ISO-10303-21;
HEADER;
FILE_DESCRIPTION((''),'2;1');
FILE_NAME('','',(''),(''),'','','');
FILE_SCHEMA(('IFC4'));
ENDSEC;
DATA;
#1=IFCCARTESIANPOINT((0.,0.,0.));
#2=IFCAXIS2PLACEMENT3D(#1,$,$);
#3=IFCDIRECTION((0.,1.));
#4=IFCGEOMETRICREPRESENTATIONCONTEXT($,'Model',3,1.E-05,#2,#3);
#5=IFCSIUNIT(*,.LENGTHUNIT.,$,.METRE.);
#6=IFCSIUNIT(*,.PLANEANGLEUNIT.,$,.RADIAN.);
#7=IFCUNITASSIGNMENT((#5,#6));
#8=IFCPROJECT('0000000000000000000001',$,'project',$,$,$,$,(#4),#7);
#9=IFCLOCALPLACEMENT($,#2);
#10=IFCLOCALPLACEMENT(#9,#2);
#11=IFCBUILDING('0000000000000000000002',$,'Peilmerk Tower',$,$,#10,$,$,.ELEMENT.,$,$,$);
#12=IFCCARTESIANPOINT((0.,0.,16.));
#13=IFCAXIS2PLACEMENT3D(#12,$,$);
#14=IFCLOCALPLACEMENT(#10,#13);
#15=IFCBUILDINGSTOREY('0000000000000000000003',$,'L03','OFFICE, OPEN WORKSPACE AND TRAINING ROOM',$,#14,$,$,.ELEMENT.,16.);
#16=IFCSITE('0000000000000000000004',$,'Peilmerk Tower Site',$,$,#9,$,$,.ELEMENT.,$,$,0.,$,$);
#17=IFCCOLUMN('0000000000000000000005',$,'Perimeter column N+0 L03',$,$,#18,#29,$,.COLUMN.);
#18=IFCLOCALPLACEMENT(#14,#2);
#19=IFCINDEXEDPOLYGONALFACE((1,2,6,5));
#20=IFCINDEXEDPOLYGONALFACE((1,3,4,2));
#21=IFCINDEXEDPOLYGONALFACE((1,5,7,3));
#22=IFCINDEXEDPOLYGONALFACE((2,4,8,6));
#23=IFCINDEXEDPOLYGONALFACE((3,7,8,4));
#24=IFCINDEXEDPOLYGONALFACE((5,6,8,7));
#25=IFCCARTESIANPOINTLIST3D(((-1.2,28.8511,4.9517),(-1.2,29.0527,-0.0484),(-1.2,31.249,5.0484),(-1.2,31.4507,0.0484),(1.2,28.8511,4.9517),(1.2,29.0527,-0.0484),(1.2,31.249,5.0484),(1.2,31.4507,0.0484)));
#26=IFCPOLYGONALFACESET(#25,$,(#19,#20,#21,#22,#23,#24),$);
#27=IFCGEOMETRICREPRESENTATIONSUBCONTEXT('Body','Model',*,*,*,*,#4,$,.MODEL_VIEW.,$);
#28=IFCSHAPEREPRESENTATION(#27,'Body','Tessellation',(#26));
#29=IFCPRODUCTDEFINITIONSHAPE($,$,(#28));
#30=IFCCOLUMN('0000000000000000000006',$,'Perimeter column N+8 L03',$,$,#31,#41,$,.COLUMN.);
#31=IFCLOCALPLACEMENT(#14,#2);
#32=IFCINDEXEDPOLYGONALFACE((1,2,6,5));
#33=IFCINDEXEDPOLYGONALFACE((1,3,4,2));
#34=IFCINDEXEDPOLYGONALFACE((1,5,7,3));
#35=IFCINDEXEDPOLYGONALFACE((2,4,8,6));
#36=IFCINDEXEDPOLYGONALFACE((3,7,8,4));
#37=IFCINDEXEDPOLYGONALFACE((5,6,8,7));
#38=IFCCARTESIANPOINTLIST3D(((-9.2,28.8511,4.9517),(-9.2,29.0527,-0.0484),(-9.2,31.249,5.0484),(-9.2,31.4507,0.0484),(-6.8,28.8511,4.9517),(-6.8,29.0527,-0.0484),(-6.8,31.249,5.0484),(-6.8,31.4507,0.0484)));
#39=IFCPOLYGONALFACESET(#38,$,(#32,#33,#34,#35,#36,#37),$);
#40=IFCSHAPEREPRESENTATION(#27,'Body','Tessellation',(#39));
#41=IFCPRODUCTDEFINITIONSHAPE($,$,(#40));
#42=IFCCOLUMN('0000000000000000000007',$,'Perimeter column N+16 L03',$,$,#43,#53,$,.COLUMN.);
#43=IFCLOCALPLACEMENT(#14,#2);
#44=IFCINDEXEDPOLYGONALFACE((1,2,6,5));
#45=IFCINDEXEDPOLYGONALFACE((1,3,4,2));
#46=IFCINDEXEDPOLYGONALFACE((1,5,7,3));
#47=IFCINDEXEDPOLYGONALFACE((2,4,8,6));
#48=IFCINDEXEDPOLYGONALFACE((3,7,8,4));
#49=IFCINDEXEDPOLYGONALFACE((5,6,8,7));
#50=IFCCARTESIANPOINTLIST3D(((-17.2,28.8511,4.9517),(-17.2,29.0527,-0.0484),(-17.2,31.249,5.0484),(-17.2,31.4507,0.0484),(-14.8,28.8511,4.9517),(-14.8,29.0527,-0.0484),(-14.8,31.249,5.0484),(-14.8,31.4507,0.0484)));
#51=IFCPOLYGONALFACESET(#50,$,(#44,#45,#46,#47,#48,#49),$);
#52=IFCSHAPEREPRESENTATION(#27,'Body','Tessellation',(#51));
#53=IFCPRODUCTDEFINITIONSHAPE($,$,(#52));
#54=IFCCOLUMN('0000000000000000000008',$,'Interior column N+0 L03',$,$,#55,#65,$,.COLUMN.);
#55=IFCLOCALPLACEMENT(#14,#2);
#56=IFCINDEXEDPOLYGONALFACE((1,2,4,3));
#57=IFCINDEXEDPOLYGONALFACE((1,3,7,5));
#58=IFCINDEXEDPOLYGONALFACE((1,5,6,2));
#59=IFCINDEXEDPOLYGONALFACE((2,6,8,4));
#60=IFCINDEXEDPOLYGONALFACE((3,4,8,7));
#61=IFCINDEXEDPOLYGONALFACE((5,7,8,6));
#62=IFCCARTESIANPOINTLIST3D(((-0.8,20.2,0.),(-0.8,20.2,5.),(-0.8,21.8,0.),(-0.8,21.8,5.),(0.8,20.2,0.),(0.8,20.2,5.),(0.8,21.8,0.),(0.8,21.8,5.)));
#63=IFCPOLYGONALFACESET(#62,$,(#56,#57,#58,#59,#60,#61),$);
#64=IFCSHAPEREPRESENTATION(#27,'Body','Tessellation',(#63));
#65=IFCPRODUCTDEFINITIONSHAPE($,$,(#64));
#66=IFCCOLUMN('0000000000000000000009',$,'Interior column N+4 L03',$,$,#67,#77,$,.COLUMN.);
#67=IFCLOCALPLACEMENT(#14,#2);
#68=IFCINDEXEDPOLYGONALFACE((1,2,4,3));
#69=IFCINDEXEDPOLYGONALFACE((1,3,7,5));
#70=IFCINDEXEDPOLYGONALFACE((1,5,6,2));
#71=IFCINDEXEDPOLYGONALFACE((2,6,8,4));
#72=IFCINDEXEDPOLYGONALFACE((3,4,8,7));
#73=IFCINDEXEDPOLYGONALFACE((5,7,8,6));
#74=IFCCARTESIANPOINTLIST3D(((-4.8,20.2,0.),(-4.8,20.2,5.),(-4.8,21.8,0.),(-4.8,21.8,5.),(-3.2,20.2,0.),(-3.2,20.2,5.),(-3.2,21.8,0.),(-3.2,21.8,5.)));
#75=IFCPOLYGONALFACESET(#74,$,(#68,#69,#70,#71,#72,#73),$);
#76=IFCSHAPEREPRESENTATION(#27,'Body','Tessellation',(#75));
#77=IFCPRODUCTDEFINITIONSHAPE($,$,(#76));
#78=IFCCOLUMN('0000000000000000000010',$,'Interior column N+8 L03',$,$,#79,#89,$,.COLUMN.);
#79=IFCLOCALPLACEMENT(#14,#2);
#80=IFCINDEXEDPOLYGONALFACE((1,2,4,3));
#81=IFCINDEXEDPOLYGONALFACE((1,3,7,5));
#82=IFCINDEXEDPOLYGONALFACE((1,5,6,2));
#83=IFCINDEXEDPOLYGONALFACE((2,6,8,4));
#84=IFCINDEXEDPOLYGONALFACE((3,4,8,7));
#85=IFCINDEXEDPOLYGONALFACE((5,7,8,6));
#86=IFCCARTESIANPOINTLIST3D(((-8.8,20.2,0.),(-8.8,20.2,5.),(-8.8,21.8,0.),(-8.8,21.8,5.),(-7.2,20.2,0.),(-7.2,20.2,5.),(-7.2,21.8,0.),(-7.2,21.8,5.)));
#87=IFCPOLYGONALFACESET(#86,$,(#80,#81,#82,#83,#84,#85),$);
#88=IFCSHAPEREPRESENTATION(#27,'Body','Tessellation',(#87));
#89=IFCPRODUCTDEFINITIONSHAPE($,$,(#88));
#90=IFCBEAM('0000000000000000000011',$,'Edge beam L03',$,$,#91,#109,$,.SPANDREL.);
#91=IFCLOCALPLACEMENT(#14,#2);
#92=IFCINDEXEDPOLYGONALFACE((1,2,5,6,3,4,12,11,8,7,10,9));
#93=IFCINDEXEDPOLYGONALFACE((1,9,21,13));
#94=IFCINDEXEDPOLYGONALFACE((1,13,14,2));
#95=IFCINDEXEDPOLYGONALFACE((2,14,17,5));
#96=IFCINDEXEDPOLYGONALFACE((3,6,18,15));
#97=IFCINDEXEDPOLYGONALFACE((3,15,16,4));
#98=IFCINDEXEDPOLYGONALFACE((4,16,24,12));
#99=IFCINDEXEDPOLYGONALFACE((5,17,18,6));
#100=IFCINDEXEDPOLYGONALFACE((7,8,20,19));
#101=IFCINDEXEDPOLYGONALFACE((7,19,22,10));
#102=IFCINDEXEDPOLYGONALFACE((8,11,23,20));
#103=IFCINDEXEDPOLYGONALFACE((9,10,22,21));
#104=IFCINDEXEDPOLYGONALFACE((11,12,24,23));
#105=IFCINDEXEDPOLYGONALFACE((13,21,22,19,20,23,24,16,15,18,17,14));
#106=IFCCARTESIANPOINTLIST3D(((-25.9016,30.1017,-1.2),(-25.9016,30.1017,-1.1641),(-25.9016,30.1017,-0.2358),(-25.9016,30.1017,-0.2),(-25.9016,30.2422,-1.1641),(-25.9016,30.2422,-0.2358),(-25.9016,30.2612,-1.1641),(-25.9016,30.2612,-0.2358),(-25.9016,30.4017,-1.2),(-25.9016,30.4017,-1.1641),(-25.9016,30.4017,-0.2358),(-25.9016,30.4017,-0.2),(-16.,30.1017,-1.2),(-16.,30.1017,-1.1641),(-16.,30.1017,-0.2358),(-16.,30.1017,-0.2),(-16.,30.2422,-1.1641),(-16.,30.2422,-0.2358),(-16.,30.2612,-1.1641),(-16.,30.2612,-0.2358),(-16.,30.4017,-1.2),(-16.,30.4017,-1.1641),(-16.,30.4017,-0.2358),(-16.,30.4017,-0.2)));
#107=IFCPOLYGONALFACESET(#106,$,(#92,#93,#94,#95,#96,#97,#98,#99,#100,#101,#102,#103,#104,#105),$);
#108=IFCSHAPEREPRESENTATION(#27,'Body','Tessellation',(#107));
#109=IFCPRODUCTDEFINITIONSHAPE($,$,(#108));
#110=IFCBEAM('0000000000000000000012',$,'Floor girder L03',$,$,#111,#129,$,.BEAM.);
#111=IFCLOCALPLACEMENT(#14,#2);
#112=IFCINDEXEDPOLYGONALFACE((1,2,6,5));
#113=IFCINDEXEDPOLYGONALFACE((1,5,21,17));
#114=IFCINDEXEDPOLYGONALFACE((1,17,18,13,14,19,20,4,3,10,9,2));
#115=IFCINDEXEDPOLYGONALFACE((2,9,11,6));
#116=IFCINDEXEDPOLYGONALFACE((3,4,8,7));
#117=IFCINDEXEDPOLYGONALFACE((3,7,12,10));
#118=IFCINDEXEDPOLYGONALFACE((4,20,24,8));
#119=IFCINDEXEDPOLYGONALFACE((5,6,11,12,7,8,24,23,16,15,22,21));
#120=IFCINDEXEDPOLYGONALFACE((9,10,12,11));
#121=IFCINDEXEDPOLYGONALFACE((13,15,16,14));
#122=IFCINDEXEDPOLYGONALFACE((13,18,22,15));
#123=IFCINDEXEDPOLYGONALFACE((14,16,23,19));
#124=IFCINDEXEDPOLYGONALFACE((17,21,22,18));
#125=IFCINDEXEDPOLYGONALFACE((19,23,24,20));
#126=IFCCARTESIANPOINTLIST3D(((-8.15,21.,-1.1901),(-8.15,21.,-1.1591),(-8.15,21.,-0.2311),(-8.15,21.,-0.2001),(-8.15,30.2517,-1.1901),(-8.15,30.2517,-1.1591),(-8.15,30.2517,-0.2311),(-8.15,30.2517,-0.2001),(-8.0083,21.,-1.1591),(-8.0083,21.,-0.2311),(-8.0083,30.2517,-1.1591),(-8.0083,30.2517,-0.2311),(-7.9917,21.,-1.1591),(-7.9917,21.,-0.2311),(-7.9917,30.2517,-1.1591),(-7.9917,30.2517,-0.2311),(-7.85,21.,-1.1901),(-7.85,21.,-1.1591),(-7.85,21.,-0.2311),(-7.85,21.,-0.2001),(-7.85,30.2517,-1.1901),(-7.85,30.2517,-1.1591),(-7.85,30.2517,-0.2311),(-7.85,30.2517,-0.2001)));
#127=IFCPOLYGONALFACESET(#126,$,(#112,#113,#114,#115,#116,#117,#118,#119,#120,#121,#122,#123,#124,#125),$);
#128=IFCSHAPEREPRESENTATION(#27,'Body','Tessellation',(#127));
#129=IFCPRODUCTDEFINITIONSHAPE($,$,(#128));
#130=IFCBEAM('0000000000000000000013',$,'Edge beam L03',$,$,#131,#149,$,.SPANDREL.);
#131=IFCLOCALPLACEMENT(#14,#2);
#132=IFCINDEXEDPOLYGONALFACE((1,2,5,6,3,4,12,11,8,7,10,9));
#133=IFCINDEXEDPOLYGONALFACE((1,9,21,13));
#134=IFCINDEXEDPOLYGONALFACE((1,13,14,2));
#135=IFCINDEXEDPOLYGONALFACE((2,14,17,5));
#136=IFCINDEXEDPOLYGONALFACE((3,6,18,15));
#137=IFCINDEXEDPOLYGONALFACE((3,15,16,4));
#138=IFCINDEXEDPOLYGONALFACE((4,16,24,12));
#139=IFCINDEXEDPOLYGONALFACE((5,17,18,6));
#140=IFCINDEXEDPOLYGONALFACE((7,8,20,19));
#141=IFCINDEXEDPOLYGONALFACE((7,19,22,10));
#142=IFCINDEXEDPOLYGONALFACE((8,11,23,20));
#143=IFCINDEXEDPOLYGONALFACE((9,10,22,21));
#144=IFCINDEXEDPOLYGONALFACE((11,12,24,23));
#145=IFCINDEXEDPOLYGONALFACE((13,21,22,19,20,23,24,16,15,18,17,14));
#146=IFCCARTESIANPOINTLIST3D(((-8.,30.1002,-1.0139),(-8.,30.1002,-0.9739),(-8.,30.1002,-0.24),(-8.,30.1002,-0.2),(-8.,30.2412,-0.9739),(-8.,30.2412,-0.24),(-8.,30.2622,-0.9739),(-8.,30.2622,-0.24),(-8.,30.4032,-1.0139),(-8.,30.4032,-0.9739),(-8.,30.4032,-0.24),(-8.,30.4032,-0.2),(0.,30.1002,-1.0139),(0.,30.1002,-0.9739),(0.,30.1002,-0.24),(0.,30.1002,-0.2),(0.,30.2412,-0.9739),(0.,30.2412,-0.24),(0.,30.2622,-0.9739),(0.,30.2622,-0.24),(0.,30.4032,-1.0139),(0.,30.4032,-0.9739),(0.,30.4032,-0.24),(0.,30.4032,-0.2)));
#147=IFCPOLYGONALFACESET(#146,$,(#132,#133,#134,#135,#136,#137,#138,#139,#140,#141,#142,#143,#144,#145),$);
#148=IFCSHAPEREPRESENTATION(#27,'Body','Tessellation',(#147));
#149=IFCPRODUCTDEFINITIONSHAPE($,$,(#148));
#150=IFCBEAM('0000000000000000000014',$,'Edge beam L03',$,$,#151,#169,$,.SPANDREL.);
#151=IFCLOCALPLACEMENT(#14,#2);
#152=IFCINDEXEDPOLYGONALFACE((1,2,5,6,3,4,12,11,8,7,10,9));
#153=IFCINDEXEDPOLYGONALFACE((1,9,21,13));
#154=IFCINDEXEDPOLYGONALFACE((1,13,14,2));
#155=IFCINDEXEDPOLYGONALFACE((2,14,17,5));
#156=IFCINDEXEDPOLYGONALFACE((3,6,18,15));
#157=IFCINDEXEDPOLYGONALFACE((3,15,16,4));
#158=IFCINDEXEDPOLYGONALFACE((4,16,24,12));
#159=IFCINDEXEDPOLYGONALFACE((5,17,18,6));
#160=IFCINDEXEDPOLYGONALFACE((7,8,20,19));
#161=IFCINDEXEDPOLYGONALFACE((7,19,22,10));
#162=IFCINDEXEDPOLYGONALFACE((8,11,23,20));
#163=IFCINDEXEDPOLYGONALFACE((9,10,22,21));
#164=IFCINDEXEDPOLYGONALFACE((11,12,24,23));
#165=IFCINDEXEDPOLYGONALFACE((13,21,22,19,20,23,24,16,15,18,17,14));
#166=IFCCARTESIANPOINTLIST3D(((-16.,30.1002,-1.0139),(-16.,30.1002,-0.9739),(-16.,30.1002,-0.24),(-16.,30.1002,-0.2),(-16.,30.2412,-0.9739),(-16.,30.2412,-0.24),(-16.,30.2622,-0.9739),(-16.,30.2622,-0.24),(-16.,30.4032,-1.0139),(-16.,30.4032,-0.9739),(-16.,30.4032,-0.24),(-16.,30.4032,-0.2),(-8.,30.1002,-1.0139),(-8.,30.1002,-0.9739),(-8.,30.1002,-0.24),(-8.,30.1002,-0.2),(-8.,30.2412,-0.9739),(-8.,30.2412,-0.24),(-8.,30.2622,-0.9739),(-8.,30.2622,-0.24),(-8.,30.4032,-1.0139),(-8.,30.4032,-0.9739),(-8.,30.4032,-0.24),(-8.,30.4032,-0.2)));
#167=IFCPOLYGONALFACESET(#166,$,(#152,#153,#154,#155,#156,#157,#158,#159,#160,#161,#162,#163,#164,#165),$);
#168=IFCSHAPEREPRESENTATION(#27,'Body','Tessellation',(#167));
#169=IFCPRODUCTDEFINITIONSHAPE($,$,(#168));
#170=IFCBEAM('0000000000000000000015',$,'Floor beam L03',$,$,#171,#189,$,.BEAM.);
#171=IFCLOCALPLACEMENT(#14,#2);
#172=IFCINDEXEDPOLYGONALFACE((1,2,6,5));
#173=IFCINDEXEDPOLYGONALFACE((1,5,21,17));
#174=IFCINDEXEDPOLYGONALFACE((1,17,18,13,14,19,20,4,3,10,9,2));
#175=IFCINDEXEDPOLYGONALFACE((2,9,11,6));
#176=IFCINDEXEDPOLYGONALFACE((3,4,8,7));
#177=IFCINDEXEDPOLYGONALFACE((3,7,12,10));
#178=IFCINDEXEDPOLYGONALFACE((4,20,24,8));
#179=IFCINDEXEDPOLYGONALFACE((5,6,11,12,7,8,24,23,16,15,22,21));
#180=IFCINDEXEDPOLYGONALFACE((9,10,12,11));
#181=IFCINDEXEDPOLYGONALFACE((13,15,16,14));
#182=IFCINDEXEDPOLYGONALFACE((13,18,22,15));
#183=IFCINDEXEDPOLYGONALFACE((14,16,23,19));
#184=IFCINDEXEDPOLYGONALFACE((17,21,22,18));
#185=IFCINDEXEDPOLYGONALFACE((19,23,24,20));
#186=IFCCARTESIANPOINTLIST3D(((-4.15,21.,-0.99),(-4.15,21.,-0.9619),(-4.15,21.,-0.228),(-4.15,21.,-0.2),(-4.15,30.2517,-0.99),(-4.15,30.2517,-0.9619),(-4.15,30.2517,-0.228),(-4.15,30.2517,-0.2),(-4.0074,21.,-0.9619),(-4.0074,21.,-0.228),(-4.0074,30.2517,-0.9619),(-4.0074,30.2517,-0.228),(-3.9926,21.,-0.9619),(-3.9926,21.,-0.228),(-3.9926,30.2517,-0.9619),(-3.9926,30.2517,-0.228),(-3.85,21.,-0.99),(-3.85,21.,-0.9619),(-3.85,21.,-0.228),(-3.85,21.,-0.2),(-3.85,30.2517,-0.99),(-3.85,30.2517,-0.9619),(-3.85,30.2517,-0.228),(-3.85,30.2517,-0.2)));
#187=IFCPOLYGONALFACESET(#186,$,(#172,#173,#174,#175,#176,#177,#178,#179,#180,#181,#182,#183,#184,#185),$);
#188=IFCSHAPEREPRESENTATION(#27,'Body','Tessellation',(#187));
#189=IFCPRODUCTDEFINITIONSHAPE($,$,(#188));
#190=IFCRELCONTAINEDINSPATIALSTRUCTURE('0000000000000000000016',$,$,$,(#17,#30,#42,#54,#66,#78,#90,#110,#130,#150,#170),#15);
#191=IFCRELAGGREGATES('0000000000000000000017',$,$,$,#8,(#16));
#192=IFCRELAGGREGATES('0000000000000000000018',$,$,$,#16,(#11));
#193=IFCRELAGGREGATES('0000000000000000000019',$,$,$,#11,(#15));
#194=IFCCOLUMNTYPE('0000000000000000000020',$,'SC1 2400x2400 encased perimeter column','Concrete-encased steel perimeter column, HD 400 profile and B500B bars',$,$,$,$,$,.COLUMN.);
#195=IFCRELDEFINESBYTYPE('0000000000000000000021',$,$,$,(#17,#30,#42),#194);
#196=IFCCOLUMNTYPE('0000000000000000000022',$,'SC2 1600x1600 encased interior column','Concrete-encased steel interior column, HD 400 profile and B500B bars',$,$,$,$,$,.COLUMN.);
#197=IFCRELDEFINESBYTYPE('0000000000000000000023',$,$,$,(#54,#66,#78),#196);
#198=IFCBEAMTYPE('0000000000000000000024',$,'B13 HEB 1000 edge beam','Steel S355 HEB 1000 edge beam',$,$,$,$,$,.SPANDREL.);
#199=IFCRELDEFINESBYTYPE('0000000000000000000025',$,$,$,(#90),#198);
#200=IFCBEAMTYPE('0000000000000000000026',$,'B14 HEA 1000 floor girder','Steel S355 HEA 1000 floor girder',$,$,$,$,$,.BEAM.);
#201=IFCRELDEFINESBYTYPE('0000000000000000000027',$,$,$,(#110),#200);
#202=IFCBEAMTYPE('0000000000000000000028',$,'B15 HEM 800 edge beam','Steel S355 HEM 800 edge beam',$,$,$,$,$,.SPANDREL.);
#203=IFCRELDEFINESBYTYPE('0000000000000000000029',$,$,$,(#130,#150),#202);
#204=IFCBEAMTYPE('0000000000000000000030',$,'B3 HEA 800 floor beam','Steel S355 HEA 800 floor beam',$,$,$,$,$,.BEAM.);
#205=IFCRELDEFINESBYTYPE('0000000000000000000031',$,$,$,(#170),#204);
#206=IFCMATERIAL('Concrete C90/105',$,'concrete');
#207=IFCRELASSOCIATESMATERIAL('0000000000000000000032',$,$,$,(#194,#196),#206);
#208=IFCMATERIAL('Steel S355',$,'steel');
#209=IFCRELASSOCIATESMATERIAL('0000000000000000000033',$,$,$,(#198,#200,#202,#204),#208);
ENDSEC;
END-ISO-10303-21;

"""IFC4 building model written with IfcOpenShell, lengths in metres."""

from ifc_helpers import new_model, si_unit, direction, frame, origin, origin_2d, place, context, subcontext, project, spatial, rectangle, i_section, extrude, material, material_profile, profile_set, type_object, element, save


model = new_model("IFC4")

# Units and contexts
model_context = context("Model", 3, precision=1e-05, world=origin(), true_north=direction((0.0, 1.0)))
body_context = subcontext(model_context, "Body", "Model", "MODEL_VIEW")
ifc_project = project(units=[si_unit("LENGTHUNIT", "METRE"), si_unit("PLANEANGLEUNIT", "RADIAN")], contexts=[model_context])

# Site, building, storey
site_placement = place(None, origin())
site = spatial("IfcSite", under=ifc_project, at=site_placement, Name="Peilmerk Tower Site", CompositionType="ELEMENT", RefElevation=0.0)
building_placement = place(site_placement, origin())
building = spatial("IfcBuilding", under=site, at=building_placement, Name="Peilmerk Tower", CompositionType="ELEMENT")
storey_placement = place(building_placement, frame((0.0, 0.0, 16.0)))
storey = spatial("IfcBuildingStorey", under=building, at=storey_placement, Name="L03", Description="OFFICE, OPEN WORKSPACE AND TRAINING ROOM", CompositionType="ELEMENT", Elevation=16.0)

# Columns
ifc_material_1 = material(Name="Concrete C90/105", Category="concrete")
ifc_material_profile_1 = material_profile(ifc_material_1, rectangle(XDim=2.3999, YDim=2.3999, at=origin_2d()), Name="RC 2400x2400")
ifc_profile_set_1 = profile_set([ifc_material_profile_1], Name="Concrete C90/105")
column_type_1 = type_object("IfcColumnType", Name="SC1 2400x2400 encased perimeter column", Description="Concrete-encased steel perimeter column, HD 400 profile and B500B bars", PredefinedType="COLUMN", material=ifc_profile_set_1)
for number, where, z_axis, x_axis, name in (
    (1, (0.0, 30.2517, 0.0), (0.0, -0.040299, 0.999188), (1.0, 0.0, 0.0), "Perimeter column N+0 L03"),
    (2, (-8.0, 30.2517, 0.0), (0.0, -0.040299, 0.999188), (1.0, 0.0, 0.0), "Perimeter column N+8 L03"),
    (3, (-16.0, 30.2517, 0.0), (0.0, -0.040299, 0.999188), (1.0, 0.0, 0.0), "Perimeter column N+16 L03"),
):
    element("IfcColumn", number, at=place(storey_placement, frame(where, z_axis=z_axis, x_axis=x_axis)), inside=storey, type_object=column_type_1, Name=name, PredefinedType="COLUMN", context=body_context, shape_type="SweptSolid", body=[
        extrude(rectangle(XDim=2.3999, YDim=2.3999, at=origin_2d()), origin(), (0.0, 0.0, 1.0), 5.0042),
    ])
ifc_material_profile_2 = material_profile(ifc_material_1, rectangle(XDim=1.6001, YDim=1.6001, at=origin_2d()), Name="RC 1600x1600")
ifc_profile_set_2 = profile_set([ifc_material_profile_2], Name="Concrete C90/105")
column_type_2 = type_object("IfcColumnType", Name="SC2 1600x1600 encased interior column", Description="Concrete-encased steel interior column, HD 400 profile and B500B bars", PredefinedType="COLUMN", material=ifc_profile_set_2)
for number, where, z_axis, x_axis, name in (
    (4, (0.0, 21.0, 0.0), (0.0, 0.0, 1.0), (1.0, 0.0, 0.0), "Interior column N+0 L03"),
    (5, (-4.0, 21.0, 0.0), (0.0, 0.0, 1.0), (1.0, 0.0, 0.0), "Interior column N+4 L03"),
    (6, (-8.0, 21.0, 0.0), (0.0, 0.0, 1.0), (1.0, 0.0, 0.0), "Interior column N+8 L03"),
):
    element("IfcColumn", number, at=place(storey_placement, frame(where, z_axis=z_axis, x_axis=x_axis)), inside=storey, type_object=column_type_2, Name=name, PredefinedType="COLUMN", context=body_context, shape_type="SweptSolid", body=[
        extrude(rectangle(XDim=1.6001, YDim=1.6001, at=origin_2d()), origin(), (0.0, 0.0, 1.0), 5.0),
    ])

# Beams
ifc_material_2 = material(Name="Steel S355", Category="steel")
ifc_material_profile_3 = material_profile(ifc_material_2, i_section(OverallWidth=0.3, OverallDepth=1.0, WebThickness=0.019, FlangeThickness=0.0359, at=origin_2d()), Name="HEB 1000")
ifc_profile_set_3 = profile_set([ifc_material_profile_3], Name="Steel S355")
beam_type_1 = type_object("IfcBeamType", Name="B13 HEB 1000 edge beam", Description="Steel S355 HEB 1000 edge beam", PredefinedType="SPANDREL", material=ifc_profile_set_3)
beam_1_placement = place(storey_placement, frame((-16.0, 30.2517, -0.7), z_axis=(-1.0, 0.0, 0.0), x_axis=(0.0, -1.0, 0.0)))
element("IfcBeam", 7, at=beam_1_placement, inside=storey, type_object=beam_type_1, Name="Edge beam L03", PredefinedType="SPANDREL", context=body_context, shape_type="SweptSolid", body=[
    extrude(i_section(OverallWidth=0.3, OverallDepth=1.0, WebThickness=0.019, FlangeThickness=0.0359, at=origin_2d()), origin(), (0.0, 0.0, 1.0), 9.9016),
])
ifc_material_profile_4 = material_profile(ifc_material_2, i_section(OverallWidth=0.3, OverallDepth=0.99, WebThickness=0.0166, FlangeThickness=0.031, at=origin_2d()), Name="HEA 1000")
ifc_profile_set_4 = profile_set([ifc_material_profile_4], Name="Steel S355")
beam_type_2 = type_object("IfcBeamType", Name="B14 HEA 1000 floor girder", Description="Steel S355 HEA 1000 floor girder", PredefinedType="BEAM", material=ifc_profile_set_4)
beam_2_placement = place(storey_placement, frame((-8.0, 21.0, -0.6951), z_axis=(0.0, 1.0, 0.0), x_axis=(-1.0, 0.0, 0.0)))
element("IfcBeam", 8, at=beam_2_placement, inside=storey, type_object=beam_type_2, Name="Floor girder L03", PredefinedType="BEAM", context=body_context, shape_type="SweptSolid", body=[
    extrude(i_section(OverallWidth=0.3, OverallDepth=0.99, WebThickness=0.0166, FlangeThickness=0.031, at=origin_2d()), origin(), (0.0, 0.0, 1.0), 9.2517),
])
ifc_material_profile_5 = material_profile(ifc_material_2, i_section(OverallWidth=0.303, OverallDepth=0.814, WebThickness=0.021, FlangeThickness=0.04, at=origin_2d()), Name="HEM 800")
ifc_profile_set_5 = profile_set([ifc_material_profile_5], Name="Steel S355")
beam_type_3 = type_object("IfcBeamType", Name="B15 HEM 800 edge beam", Description="Steel S355 HEM 800 edge beam", PredefinedType="SPANDREL", material=ifc_profile_set_5)
for number, where, z_axis, x_axis, name in (
    (9, (0.0, 30.2517, -0.6069), (-1.0, 0.0, 0.0), (0.0, -1.0, 0.0), "Edge beam L03"),
    (10, (-8.0, 30.2517, -0.6069), (-1.0, 0.0, 0.0), (0.0, -1.0, 0.0), "Edge beam L03"),
):
    element("IfcBeam", number, at=place(storey_placement, frame(where, z_axis=z_axis, x_axis=x_axis)), inside=storey, type_object=beam_type_3, Name=name, PredefinedType="SPANDREL", context=body_context, shape_type="SweptSolid", body=[
        extrude(i_section(OverallWidth=0.303, OverallDepth=0.814, WebThickness=0.021, FlangeThickness=0.04, at=origin_2d()), origin(), (0.0, 0.0, 1.0), 8.0),
    ])
ifc_material_profile_6 = material_profile(ifc_material_2, i_section(OverallWidth=0.3, OverallDepth=0.79, WebThickness=0.0149, FlangeThickness=0.0281, at=origin_2d()), Name="HEA 800")
ifc_profile_set_6 = profile_set([ifc_material_profile_6], Name="Steel S355")
beam_type_4 = type_object("IfcBeamType", Name="B3 HEA 800 floor beam", Description="Steel S355 HEA 800 floor beam", PredefinedType="BEAM", material=ifc_profile_set_6)
beam_3_placement = place(storey_placement, frame((-4.0, 21.0, -0.595), z_axis=(0.0, 1.0, 0.0), x_axis=(-1.0, 0.0, 0.0)))
element("IfcBeam", 11, at=beam_3_placement, inside=storey, type_object=beam_type_4, Name="Floor beam L03", PredefinedType="BEAM", context=body_context, shape_type="SweptSolid", body=[
    extrude(i_section(OverallWidth=0.3, OverallDepth=0.79, WebThickness=0.0149, FlangeThickness=0.0281, at=origin_2d()), origin(), (0.0, 0.0, 1.0), 9.2517),
])

save(model, "model.ifc")
